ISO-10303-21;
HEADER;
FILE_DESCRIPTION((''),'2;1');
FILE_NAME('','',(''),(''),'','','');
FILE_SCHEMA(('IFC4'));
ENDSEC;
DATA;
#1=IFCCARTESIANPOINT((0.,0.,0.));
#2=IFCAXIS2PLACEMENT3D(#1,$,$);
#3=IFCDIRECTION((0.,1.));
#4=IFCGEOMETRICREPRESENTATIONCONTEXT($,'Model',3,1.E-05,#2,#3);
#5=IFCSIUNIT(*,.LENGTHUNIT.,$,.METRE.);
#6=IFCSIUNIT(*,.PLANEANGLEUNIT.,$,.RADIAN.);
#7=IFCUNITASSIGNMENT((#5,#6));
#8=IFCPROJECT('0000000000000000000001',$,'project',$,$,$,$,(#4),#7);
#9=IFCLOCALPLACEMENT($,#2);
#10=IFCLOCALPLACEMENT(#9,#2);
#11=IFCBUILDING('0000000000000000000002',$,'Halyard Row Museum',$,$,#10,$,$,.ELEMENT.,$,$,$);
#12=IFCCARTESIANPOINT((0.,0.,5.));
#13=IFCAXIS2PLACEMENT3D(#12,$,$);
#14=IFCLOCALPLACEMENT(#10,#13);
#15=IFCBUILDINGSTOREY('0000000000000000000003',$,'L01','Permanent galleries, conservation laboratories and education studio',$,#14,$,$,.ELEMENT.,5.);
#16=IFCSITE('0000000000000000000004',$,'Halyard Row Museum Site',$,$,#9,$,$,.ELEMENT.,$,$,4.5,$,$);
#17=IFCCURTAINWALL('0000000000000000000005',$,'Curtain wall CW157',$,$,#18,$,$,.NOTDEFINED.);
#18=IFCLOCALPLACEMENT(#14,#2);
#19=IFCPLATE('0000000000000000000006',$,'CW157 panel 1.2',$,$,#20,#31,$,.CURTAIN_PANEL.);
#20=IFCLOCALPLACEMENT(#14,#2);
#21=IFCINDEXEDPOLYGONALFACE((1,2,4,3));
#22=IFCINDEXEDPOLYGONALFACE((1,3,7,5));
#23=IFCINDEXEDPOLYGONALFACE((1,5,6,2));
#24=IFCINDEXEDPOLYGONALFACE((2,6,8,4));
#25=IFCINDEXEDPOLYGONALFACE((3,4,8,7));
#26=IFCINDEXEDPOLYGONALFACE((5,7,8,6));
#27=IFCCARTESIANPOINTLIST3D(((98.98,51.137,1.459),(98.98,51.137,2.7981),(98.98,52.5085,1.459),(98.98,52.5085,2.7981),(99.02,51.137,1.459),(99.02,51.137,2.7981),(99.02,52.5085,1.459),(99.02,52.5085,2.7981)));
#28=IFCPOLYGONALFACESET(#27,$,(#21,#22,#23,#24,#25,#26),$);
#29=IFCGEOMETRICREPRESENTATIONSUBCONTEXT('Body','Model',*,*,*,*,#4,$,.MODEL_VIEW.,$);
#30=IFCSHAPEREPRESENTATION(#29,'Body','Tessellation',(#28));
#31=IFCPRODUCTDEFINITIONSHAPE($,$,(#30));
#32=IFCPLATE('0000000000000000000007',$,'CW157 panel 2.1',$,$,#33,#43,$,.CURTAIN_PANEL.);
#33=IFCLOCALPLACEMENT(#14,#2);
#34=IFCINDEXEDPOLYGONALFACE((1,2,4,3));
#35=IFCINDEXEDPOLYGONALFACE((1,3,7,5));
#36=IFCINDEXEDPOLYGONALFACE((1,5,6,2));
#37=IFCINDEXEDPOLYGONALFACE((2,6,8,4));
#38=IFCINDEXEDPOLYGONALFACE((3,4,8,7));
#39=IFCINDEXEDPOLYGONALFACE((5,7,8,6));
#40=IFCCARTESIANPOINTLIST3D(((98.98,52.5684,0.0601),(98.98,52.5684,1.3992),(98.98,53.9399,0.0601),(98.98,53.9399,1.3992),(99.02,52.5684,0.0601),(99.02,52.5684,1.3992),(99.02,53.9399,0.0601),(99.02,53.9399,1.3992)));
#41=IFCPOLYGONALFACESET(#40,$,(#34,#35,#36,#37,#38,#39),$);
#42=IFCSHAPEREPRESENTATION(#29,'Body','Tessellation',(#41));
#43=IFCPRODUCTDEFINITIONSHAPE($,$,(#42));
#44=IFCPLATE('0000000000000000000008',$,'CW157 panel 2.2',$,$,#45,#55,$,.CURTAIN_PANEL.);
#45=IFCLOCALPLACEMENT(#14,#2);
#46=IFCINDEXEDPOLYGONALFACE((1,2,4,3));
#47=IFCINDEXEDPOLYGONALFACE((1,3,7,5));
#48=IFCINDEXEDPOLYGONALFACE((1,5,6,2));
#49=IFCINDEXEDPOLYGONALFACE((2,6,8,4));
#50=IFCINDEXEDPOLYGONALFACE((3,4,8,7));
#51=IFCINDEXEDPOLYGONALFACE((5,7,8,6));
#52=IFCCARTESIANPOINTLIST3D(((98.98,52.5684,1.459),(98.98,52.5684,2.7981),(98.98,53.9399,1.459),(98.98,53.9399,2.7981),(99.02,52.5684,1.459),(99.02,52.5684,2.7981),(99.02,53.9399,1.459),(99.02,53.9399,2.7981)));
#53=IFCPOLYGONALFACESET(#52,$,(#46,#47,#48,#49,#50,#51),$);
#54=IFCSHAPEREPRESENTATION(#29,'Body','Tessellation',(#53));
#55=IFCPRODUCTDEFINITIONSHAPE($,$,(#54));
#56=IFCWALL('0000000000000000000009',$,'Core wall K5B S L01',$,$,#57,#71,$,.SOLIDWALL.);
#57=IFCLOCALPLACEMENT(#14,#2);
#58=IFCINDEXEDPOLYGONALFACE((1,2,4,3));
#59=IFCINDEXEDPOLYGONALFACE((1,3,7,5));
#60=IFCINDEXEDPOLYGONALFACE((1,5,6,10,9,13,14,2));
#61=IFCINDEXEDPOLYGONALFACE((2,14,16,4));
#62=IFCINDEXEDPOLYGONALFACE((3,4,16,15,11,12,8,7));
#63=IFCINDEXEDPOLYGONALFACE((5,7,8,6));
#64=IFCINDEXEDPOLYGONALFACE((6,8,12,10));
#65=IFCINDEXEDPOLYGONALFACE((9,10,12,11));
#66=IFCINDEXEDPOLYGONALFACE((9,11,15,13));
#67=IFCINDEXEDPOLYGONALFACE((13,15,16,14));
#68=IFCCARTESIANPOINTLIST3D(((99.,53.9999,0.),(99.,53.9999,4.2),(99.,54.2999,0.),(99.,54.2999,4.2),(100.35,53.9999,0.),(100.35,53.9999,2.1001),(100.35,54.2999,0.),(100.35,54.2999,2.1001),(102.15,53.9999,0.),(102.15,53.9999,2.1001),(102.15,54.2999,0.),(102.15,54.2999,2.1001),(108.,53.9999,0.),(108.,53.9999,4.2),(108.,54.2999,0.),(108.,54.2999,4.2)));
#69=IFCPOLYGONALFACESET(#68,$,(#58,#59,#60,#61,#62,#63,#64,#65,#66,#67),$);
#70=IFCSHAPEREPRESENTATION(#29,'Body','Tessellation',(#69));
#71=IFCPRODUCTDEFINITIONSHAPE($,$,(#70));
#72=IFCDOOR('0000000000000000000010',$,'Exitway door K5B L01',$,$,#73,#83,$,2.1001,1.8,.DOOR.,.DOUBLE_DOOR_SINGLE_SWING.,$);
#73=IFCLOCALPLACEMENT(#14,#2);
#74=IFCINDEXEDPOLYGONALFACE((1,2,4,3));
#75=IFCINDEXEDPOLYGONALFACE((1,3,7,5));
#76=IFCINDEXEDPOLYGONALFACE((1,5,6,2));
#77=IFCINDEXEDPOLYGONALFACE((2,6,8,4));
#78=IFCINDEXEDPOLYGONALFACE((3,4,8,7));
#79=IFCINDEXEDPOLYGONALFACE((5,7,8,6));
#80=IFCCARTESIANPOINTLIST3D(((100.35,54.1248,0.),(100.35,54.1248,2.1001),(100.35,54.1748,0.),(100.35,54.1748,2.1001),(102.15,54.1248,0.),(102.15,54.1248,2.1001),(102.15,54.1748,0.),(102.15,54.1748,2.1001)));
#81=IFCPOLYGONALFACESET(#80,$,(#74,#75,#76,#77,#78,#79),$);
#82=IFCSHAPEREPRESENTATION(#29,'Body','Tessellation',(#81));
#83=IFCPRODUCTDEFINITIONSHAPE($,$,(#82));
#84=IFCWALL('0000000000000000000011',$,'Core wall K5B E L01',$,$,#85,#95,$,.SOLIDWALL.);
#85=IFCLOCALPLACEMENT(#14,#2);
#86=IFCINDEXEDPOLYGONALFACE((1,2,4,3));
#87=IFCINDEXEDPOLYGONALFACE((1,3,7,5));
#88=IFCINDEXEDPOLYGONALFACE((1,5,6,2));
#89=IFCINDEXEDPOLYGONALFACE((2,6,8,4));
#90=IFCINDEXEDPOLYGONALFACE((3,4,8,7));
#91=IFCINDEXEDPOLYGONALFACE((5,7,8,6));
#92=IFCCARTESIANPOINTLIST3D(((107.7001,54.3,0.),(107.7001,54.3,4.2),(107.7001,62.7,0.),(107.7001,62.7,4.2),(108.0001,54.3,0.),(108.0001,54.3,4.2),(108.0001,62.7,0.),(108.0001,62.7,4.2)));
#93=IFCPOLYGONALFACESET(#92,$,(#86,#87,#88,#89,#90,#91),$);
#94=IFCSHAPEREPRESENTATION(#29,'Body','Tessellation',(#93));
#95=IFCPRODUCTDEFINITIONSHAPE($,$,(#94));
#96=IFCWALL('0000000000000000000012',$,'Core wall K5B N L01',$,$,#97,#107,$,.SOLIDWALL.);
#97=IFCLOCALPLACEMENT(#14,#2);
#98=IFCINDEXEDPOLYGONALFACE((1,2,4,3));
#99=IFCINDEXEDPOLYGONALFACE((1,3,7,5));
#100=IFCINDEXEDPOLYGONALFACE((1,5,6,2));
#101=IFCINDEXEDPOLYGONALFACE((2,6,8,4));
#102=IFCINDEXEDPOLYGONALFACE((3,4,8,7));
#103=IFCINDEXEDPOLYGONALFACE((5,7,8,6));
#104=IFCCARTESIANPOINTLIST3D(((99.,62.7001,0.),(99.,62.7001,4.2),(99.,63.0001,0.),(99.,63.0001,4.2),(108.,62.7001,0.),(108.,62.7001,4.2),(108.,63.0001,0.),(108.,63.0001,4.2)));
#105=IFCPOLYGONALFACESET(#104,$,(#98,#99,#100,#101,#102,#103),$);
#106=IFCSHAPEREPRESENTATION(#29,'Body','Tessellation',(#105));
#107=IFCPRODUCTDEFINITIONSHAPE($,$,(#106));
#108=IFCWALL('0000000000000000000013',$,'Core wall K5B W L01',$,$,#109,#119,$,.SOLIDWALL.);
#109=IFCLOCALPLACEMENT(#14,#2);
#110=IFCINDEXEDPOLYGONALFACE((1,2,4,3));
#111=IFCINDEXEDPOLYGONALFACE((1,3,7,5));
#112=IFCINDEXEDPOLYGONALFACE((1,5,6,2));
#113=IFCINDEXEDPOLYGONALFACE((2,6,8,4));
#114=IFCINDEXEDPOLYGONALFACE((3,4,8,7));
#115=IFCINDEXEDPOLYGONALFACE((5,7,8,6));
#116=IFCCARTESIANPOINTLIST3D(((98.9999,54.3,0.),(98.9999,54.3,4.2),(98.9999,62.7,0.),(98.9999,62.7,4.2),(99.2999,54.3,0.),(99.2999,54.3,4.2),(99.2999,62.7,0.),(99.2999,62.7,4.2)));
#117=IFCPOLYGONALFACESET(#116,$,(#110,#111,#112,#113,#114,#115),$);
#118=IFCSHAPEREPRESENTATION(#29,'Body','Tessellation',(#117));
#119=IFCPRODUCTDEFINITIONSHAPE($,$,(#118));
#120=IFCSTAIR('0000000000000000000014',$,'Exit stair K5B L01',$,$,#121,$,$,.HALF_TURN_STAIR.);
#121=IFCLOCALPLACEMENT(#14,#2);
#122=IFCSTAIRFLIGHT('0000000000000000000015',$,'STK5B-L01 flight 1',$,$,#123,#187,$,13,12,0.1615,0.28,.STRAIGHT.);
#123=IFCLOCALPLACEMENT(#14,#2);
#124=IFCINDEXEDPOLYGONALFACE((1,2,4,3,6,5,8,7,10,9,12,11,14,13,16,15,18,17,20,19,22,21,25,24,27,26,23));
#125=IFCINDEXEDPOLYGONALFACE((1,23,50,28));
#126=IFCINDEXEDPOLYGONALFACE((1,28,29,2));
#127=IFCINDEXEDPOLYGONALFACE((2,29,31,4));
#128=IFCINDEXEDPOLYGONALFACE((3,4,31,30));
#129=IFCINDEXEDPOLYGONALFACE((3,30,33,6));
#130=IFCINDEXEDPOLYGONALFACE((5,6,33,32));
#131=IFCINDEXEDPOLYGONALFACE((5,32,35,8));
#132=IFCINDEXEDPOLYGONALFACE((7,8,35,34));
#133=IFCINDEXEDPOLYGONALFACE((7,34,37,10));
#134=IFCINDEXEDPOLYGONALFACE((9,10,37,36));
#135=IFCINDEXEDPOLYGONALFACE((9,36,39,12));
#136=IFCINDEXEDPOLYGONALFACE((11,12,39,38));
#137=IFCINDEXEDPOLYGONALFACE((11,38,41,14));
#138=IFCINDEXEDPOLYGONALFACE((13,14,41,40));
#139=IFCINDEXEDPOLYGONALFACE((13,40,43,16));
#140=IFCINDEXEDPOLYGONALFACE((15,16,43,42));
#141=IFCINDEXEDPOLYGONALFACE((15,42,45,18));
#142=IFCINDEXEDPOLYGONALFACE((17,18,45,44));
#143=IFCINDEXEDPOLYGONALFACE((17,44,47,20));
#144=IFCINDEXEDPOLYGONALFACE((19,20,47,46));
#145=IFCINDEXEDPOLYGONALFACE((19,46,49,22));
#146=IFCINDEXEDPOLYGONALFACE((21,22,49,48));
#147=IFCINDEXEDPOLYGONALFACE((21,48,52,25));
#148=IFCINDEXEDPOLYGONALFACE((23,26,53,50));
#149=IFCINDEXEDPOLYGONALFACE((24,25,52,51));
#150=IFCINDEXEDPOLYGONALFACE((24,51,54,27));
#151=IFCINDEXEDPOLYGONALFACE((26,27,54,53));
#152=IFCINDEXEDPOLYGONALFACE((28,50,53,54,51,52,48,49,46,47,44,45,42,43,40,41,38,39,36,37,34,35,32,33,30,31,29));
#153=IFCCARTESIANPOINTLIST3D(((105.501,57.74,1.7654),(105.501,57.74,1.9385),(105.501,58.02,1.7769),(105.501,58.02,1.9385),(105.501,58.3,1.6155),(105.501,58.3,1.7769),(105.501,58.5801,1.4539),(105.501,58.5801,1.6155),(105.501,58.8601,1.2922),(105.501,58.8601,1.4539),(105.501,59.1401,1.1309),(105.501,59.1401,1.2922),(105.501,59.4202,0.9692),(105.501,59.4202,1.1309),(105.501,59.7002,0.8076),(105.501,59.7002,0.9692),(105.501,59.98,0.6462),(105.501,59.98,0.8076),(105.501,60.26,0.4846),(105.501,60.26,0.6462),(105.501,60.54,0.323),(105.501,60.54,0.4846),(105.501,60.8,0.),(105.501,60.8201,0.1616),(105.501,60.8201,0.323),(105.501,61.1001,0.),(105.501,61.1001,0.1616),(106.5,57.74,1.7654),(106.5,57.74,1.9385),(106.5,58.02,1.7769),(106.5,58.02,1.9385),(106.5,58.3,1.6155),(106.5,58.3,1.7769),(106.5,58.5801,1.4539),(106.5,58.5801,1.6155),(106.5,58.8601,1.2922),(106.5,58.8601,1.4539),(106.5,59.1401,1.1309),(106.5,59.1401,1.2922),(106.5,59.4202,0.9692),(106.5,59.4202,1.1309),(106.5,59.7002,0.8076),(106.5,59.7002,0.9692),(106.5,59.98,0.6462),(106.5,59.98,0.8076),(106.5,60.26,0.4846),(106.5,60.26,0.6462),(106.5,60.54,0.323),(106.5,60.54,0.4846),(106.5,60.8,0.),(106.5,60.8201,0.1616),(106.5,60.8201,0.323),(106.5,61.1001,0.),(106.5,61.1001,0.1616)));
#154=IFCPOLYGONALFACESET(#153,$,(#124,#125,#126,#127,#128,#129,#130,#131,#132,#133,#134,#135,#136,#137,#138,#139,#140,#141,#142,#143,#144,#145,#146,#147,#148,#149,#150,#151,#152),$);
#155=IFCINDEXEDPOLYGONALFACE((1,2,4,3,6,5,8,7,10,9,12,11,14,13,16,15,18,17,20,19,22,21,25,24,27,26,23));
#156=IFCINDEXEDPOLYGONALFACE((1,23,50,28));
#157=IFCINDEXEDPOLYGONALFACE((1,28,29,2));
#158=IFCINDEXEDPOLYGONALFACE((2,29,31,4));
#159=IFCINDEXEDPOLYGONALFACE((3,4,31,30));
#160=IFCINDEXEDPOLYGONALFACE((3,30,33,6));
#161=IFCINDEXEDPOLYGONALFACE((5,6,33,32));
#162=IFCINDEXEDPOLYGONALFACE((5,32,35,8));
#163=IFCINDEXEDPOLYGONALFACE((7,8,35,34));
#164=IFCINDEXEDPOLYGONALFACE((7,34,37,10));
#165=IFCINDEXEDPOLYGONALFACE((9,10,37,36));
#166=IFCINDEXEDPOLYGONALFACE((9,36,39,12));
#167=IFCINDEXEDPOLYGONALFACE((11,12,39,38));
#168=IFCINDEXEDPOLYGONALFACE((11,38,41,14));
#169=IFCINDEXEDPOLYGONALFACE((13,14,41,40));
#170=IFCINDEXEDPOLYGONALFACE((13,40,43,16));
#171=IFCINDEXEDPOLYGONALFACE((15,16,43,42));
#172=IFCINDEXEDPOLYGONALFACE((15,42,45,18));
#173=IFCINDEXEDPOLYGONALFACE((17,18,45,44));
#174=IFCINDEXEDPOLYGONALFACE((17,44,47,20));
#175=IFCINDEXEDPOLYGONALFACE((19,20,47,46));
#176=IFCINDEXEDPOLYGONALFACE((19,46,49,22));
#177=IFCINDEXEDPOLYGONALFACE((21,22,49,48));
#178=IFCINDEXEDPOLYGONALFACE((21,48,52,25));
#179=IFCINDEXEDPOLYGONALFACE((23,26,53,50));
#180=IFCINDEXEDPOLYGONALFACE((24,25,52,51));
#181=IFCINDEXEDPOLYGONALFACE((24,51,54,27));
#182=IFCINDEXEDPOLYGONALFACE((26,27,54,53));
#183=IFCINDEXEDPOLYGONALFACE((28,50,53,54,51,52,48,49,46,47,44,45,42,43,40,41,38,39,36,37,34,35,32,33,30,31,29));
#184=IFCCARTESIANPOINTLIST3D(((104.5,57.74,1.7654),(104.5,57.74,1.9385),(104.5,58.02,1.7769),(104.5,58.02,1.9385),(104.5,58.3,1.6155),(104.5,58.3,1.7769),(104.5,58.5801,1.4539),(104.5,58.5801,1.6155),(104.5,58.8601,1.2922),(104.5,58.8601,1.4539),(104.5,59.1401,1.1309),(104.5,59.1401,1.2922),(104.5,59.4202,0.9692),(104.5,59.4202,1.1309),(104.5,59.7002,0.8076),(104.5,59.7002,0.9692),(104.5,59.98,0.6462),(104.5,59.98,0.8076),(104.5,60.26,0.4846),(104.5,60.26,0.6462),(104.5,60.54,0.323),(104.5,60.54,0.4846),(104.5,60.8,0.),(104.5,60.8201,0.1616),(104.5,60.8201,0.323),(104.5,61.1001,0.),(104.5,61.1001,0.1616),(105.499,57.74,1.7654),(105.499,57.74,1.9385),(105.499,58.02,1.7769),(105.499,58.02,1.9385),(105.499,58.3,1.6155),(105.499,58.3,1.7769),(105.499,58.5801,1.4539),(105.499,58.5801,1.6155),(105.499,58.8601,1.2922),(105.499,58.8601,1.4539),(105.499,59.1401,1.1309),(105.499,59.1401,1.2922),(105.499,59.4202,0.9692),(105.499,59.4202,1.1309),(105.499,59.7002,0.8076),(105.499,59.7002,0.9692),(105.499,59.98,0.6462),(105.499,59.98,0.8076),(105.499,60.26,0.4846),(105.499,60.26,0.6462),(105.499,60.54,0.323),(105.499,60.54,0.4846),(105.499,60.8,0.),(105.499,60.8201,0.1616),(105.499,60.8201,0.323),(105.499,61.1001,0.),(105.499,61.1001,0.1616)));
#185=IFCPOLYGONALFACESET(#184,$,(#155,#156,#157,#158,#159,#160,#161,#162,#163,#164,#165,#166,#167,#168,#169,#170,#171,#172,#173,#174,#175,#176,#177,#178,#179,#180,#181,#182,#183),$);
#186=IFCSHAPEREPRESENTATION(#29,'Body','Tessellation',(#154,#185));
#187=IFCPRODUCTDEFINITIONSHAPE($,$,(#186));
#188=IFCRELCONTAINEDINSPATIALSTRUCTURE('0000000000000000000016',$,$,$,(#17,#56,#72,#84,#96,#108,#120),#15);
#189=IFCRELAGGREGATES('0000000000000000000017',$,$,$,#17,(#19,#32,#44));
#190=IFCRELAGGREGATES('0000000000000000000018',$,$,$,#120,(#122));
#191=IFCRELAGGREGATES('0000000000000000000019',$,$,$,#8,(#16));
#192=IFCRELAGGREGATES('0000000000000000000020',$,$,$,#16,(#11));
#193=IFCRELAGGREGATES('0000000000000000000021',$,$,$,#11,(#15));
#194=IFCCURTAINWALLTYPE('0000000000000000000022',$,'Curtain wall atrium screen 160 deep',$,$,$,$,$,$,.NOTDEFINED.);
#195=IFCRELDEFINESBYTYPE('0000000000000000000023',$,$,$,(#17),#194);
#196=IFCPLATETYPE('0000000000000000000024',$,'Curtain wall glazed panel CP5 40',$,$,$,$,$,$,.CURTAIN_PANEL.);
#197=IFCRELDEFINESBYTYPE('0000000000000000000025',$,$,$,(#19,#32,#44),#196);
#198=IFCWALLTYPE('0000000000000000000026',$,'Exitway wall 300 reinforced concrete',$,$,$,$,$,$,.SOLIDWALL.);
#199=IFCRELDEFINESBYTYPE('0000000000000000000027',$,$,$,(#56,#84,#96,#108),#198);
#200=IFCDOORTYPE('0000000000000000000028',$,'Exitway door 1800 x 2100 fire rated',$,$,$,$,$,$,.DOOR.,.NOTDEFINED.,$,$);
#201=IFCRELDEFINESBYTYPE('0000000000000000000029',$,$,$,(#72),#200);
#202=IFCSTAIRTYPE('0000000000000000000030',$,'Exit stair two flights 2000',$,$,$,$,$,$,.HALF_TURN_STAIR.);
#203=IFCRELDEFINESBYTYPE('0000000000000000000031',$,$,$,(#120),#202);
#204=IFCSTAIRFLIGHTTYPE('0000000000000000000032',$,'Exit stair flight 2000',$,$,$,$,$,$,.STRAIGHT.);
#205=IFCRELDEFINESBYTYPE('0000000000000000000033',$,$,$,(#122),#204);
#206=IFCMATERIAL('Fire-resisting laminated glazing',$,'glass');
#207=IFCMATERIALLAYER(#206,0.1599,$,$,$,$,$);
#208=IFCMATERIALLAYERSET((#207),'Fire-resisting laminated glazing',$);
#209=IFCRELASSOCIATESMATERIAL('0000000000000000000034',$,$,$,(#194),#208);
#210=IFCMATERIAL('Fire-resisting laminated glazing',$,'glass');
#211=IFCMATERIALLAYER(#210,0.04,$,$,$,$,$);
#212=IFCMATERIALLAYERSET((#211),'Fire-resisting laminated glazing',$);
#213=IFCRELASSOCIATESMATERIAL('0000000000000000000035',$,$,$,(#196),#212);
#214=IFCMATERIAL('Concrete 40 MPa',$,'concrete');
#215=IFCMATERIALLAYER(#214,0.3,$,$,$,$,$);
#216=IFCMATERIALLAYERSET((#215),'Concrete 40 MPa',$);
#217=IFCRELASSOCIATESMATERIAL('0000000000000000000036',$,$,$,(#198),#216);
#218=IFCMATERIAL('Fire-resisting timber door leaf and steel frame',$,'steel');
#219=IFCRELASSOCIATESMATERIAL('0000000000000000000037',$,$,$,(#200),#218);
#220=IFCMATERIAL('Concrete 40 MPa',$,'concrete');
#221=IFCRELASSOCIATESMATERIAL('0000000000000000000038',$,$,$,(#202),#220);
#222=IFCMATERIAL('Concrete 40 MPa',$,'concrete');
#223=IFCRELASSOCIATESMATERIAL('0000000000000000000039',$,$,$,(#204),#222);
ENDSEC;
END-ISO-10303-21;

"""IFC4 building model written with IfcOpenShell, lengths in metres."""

from ifc_helpers import new_model, si_unit, direction, frame, frame_2d, origin, origin_2d, place, context, subcontext, project, spatial, polyline, rectangle, outline, extrude, material, layer, layer_set, type_object, element, fill, aggregate, save


model = new_model("IFC4")

# Units and contexts
model_context = context("Model", 3, precision=1e-05, world=origin(), true_north=direction((0.0, 1.0)))
body_context = subcontext(model_context, "Body", "Model", "MODEL_VIEW")
ifc_project = project(units=[si_unit("LENGTHUNIT", "METRE"), si_unit("PLANEANGLEUNIT", "RADIAN")], contexts=[model_context])

# Site, building, storey
site_placement = place(None, origin())
site = spatial("IfcSite", under=ifc_project, at=site_placement, Name="Halyard Row Museum Site", CompositionType="ELEMENT", RefElevation=4.5)
building_placement = place(site_placement, origin())
building = spatial("IfcBuilding", under=site, at=building_placement, Name="Halyard Row Museum", CompositionType="ELEMENT")
storey_placement = place(building_placement, frame((0.0, 0.0, 5.0)))
storey = spatial("IfcBuildingStorey", under=building, at=storey_placement, Name="L01", Description="Permanent galleries, conservation laboratories and education studio", CompositionType="ELEMENT", Elevation=5.0)

# Curtain wall
ifc_material_1 = material(Name="Fire-resisting laminated glazing", Category="glass")
ifc_layer_1 = layer(ifc_material_1, 0.1599)
ifc_layer_set_1 = layer_set([ifc_layer_1], Name="Fire-resisting laminated glazing")
curtain_wall_type = type_object("IfcCurtainWallType", Name="Curtain wall atrium screen 160 deep", PredefinedType="NOTDEFINED", material=ifc_layer_set_1)
curtain_wall_placement = place(storey_placement, origin())
curtain_wall = element("IfcCurtainWall", 1, at=curtain_wall_placement, inside=storey, type_object=curtain_wall_type, Name="Curtain wall CW157", PredefinedType="NOTDEFINED")

# Plates
ifc_material_2 = material(Name="Fire-resisting laminated glazing", Category="glass")
ifc_layer_2 = layer(ifc_material_2, 0.04)
ifc_layer_set_2 = layer_set([ifc_layer_2], Name="Fire-resisting laminated glazing")
plate_type = type_object("IfcPlateType", Name="Curtain wall glazed panel CP5 40", PredefinedType="CURTAIN_PANEL", material=ifc_layer_set_2)
plate_1_placement = place(storey_placement, frame((99.0, 51.8228, 1.459), z_axis=(0.0, 0.0, 1.0), x_axis=(0.0, 1.0, 0.0)))
plate_1 = element("IfcPlate", 2, at=plate_1_placement, type_object=plate_type, Name="CW157 panel 1.2", PredefinedType="CURTAIN_PANEL", context=body_context, shape_type="SweptSolid", body=[
    extrude(rectangle(XDim=1.3716, YDim=0.04, at=origin_2d()), origin(), (0.0, 0.0, 1.0), 1.3391),
])
plate_2_placement = place(storey_placement, frame((99.0, 53.2542, 0.0601), z_axis=(0.0, 0.0, 1.0), x_axis=(0.0, 1.0, 0.0)))
plate_2 = element("IfcPlate", 3, at=plate_2_placement, type_object=plate_type, Name="CW157 panel 2.1", PredefinedType="CURTAIN_PANEL", context=body_context, shape_type="SweptSolid", body=[
    extrude(rectangle(XDim=1.3716, YDim=0.04, at=origin_2d()), origin(), (0.0, 0.0, 1.0), 1.3391),
])
plate_3_placement = place(storey_placement, frame((99.0, 53.2542, 1.459), z_axis=(0.0, 0.0, 1.0), x_axis=(0.0, 1.0, 0.0)))
plate_3 = element("IfcPlate", 4, at=plate_3_placement, type_object=plate_type, Name="CW157 panel 2.2", PredefinedType="CURTAIN_PANEL", context=body_context, shape_type="SweptSolid", body=[
    extrude(rectangle(XDim=1.3716, YDim=0.04, at=origin_2d()), origin(), (0.0, 0.0, 1.0), 1.3391),
])
aggregate(curtain_wall, [plate_1, plate_2, plate_3])

# Wall, opening, door
ifc_material_3 = material(Name="Concrete 40 MPa", Category="concrete")
ifc_layer_3 = layer(ifc_material_3, 0.3)
ifc_layer_set_3 = layer_set([ifc_layer_3], Name="Concrete 40 MPa")
wall_type = type_object("IfcWallType", Name="Exitway wall 300 reinforced concrete", PredefinedType="SOLIDWALL", material=ifc_layer_set_3)
wall_1_placement = place(storey_placement, frame((99.0, 54.1499, 0.0), z_axis=(0.0, 0.0, 1.0), x_axis=(1.0, 0.0, 0.0)))
wall_1 = element("IfcWall", 5, at=wall_1_placement, inside=storey, type_object=wall_type, Name="Core wall K5B S L01", PredefinedType="SOLIDWALL", context=body_context, shape_type="SweptSolid", body=[
    extrude(rectangle(XDim=9.0, YDim=0.3, at=frame_2d((4.5, 0.0))), origin(), (0.0, 0.0, 1.0), 4.2),
])
opening_placement = place(wall_1_placement, frame((1.3501, 0.0, 0.0)))
opening = element("IfcOpeningElement", 6, at=opening_placement, cuts=wall_1, PredefinedType="OPENING", context=body_context, shape_type="SweptSolid", body=[
    extrude(rectangle(XDim=1.8, YDim=2.1001, at=frame_2d((0.8999, 1.05))), frame((0.0, 0.1599, 0.0), z_axis=(0.0, -1.0, 0.0), x_axis=(1.0, 0.0, 0.0)), (0.0, 0.0, 1.0), 0.3201),
])
ifc_material_4 = material(Name="Fire-resisting timber door leaf and steel frame", Category="steel")
door_type = type_object("IfcDoorType", Name="Exitway door 1800 x 2100 fire rated", OperationType="NOTDEFINED", PredefinedType="DOOR", material=ifc_material_4)
door_placement = place(opening_placement, origin())
door = element("IfcDoor", 7, at=door_placement, inside=storey, type_object=door_type, Name="Exitway door K5B L01", OperationType="DOUBLE_DOOR_SINGLE_SWING", OverallHeight=2.1001, OverallWidth=1.8, PredefinedType="DOOR", context=body_context, shape_type="SweptSolid", body=[
    extrude(rectangle(XDim=1.8, YDim=2.1001, at=frame_2d((0.8999, 1.05))), frame((0.0, 0.0249, 0.0), z_axis=(0.0, -1.0, 0.0), x_axis=(1.0, 0.0, 0.0)), (0.0, 0.0, 1.0), 0.05),
])
fill(opening, door)

# Walls
wall_2_placement = place(storey_placement, frame((107.8501, 54.3, 0.0), z_axis=(0.0, 0.0, 1.0), x_axis=(0.0, 1.0, 0.0)))
element("IfcWall", 8, at=wall_2_placement, inside=storey, type_object=wall_type, Name="Core wall K5B E L01", PredefinedType="SOLIDWALL", context=body_context, shape_type="SweptSolid", body=[
    extrude(rectangle(XDim=8.3999, YDim=0.3, at=frame_2d((4.2, 0.0))), origin(), (0.0, 0.0, 1.0), 4.2),
])
wall_3_placement = place(storey_placement, frame((99.0, 62.8501, 0.0), z_axis=(0.0, 0.0, 1.0), x_axis=(1.0, 0.0, 0.0)))
element("IfcWall", 9, at=wall_3_placement, inside=storey, type_object=wall_type, Name="Core wall K5B N L01", PredefinedType="SOLIDWALL", context=body_context, shape_type="SweptSolid", body=[
    extrude(rectangle(XDim=9.0, YDim=0.3, at=frame_2d((4.5, 0.0))), origin(), (0.0, 0.0, 1.0), 4.2),
])
wall_4_placement = place(storey_placement, frame((99.1499, 54.3, 0.0), z_axis=(0.0, 0.0, 1.0), x_axis=(0.0, 1.0, 0.0)))
element("IfcWall", 10, at=wall_4_placement, inside=storey, type_object=wall_type, Name="Core wall K5B W L01", PredefinedType="SOLIDWALL", context=body_context, shape_type="SweptSolid", body=[
    extrude(rectangle(XDim=8.3999, YDim=0.3, at=frame_2d((4.2, 0.0))), origin(), (0.0, 0.0, 1.0), 4.2),
])

# Stair, stair flight
ifc_material_5 = material(Name="Concrete 40 MPa", Category="concrete")
stair_type = type_object("IfcStairType", Name="Exit stair two flights 2000", PredefinedType="HALF_TURN_STAIR", material=ifc_material_5)
stair_placement = place(storey_placement, origin())
stair = element("IfcStair", 11, at=stair_placement, inside=storey, type_object=stair_type, Name="Exit stair K5B L01", PredefinedType="HALF_TURN_STAIR")
ifc_material_6 = material(Name="Concrete 40 MPa", Category="concrete")
stair_flight_type = type_object("IfcStairFlightType", Name="Exit stair flight 2000", PredefinedType="STRAIGHT", material=ifc_material_6)
stair_flight_1_placement = place(storey_placement, frame((105.5, 61.1001, 0.0), z_axis=(0.0, 0.0, 1.0), x_axis=(0.0, -1.0, 0.0)))
stair_flight_1 = element("IfcStairFlight", 12, at=stair_flight_1_placement, type_object=stair_flight_type, Name="STK5B-L01 flight 1", NumberOfRisers=13, NumberOfTreads=12, PredefinedType="STRAIGHT", RiserHeight=0.1615, TreadLength=0.28, context=body_context, shape_type="SweptSolid", body=[
    extrude(outline(polyline([(0.0, 0.0), (0.0, 0.1616), (0.28, 0.1616), (0.28, 0.323), (0.5601, 0.323), (0.5601, 0.4846), (0.8401, 0.4846), (0.8401, 0.6462), (1.1201, 0.6462), (1.1201, 0.8076), (1.3999, 0.8076), (1.3999, 0.9692), (1.6799, 0.9692), (1.6799, 1.1309), (1.96, 1.1309), (1.96, 1.2922), (2.24, 1.2922), (2.24, 1.4539), (2.52, 1.4539), (2.52, 1.6155), (2.8, 1.6155), (2.8, 1.7769), (3.0801, 1.7769), (3.0801, 1.9385), (3.3601, 1.9385), (3.3601, 2.1001), (3.3601, 1.7654), (0.3, 0.0), (0.0, 0.0)])), frame((0.0, 1.0, 0.0), z_axis=(0.0, -1.0, 0.0), x_axis=(1.0, 0.0, 0.0)), (0.0, 0.0, 1.0), 0.999),
    extrude(outline(polyline([(0.0, 0.0), (0.0, 0.1616), (0.28, 0.1616), (0.28, 0.323), (0.5601, 0.323), (0.5601, 0.4846), (0.8401, 0.4846), (0.8401, 0.6462), (1.1201, 0.6462), (1.1201, 0.8076), (1.3999, 0.8076), (1.3999, 0.9692), (1.6799, 0.9692), (1.6799, 1.1309), (1.96, 1.1309), (1.96, 1.2922), (2.24, 1.2922), (2.24, 1.4539), (2.52, 1.4539), (2.52, 1.6155), (2.8, 1.6155), (2.8, 1.7769), (3.0801, 1.7769), (3.0801, 1.9385), (3.3601, 1.9385), (3.3601, 2.1001), (3.3601, 1.7654), (0.3, 0.0), (0.0, 0.0)])), frame((0.0, -0.001, 0.0), z_axis=(0.0, -1.0, 0.0), x_axis=(1.0, 0.0, 0.0)), (0.0, 0.0, 1.0), 0.999),
])
aggregate(stair, [stair_flight_1])

save(model, "model.ifc")
